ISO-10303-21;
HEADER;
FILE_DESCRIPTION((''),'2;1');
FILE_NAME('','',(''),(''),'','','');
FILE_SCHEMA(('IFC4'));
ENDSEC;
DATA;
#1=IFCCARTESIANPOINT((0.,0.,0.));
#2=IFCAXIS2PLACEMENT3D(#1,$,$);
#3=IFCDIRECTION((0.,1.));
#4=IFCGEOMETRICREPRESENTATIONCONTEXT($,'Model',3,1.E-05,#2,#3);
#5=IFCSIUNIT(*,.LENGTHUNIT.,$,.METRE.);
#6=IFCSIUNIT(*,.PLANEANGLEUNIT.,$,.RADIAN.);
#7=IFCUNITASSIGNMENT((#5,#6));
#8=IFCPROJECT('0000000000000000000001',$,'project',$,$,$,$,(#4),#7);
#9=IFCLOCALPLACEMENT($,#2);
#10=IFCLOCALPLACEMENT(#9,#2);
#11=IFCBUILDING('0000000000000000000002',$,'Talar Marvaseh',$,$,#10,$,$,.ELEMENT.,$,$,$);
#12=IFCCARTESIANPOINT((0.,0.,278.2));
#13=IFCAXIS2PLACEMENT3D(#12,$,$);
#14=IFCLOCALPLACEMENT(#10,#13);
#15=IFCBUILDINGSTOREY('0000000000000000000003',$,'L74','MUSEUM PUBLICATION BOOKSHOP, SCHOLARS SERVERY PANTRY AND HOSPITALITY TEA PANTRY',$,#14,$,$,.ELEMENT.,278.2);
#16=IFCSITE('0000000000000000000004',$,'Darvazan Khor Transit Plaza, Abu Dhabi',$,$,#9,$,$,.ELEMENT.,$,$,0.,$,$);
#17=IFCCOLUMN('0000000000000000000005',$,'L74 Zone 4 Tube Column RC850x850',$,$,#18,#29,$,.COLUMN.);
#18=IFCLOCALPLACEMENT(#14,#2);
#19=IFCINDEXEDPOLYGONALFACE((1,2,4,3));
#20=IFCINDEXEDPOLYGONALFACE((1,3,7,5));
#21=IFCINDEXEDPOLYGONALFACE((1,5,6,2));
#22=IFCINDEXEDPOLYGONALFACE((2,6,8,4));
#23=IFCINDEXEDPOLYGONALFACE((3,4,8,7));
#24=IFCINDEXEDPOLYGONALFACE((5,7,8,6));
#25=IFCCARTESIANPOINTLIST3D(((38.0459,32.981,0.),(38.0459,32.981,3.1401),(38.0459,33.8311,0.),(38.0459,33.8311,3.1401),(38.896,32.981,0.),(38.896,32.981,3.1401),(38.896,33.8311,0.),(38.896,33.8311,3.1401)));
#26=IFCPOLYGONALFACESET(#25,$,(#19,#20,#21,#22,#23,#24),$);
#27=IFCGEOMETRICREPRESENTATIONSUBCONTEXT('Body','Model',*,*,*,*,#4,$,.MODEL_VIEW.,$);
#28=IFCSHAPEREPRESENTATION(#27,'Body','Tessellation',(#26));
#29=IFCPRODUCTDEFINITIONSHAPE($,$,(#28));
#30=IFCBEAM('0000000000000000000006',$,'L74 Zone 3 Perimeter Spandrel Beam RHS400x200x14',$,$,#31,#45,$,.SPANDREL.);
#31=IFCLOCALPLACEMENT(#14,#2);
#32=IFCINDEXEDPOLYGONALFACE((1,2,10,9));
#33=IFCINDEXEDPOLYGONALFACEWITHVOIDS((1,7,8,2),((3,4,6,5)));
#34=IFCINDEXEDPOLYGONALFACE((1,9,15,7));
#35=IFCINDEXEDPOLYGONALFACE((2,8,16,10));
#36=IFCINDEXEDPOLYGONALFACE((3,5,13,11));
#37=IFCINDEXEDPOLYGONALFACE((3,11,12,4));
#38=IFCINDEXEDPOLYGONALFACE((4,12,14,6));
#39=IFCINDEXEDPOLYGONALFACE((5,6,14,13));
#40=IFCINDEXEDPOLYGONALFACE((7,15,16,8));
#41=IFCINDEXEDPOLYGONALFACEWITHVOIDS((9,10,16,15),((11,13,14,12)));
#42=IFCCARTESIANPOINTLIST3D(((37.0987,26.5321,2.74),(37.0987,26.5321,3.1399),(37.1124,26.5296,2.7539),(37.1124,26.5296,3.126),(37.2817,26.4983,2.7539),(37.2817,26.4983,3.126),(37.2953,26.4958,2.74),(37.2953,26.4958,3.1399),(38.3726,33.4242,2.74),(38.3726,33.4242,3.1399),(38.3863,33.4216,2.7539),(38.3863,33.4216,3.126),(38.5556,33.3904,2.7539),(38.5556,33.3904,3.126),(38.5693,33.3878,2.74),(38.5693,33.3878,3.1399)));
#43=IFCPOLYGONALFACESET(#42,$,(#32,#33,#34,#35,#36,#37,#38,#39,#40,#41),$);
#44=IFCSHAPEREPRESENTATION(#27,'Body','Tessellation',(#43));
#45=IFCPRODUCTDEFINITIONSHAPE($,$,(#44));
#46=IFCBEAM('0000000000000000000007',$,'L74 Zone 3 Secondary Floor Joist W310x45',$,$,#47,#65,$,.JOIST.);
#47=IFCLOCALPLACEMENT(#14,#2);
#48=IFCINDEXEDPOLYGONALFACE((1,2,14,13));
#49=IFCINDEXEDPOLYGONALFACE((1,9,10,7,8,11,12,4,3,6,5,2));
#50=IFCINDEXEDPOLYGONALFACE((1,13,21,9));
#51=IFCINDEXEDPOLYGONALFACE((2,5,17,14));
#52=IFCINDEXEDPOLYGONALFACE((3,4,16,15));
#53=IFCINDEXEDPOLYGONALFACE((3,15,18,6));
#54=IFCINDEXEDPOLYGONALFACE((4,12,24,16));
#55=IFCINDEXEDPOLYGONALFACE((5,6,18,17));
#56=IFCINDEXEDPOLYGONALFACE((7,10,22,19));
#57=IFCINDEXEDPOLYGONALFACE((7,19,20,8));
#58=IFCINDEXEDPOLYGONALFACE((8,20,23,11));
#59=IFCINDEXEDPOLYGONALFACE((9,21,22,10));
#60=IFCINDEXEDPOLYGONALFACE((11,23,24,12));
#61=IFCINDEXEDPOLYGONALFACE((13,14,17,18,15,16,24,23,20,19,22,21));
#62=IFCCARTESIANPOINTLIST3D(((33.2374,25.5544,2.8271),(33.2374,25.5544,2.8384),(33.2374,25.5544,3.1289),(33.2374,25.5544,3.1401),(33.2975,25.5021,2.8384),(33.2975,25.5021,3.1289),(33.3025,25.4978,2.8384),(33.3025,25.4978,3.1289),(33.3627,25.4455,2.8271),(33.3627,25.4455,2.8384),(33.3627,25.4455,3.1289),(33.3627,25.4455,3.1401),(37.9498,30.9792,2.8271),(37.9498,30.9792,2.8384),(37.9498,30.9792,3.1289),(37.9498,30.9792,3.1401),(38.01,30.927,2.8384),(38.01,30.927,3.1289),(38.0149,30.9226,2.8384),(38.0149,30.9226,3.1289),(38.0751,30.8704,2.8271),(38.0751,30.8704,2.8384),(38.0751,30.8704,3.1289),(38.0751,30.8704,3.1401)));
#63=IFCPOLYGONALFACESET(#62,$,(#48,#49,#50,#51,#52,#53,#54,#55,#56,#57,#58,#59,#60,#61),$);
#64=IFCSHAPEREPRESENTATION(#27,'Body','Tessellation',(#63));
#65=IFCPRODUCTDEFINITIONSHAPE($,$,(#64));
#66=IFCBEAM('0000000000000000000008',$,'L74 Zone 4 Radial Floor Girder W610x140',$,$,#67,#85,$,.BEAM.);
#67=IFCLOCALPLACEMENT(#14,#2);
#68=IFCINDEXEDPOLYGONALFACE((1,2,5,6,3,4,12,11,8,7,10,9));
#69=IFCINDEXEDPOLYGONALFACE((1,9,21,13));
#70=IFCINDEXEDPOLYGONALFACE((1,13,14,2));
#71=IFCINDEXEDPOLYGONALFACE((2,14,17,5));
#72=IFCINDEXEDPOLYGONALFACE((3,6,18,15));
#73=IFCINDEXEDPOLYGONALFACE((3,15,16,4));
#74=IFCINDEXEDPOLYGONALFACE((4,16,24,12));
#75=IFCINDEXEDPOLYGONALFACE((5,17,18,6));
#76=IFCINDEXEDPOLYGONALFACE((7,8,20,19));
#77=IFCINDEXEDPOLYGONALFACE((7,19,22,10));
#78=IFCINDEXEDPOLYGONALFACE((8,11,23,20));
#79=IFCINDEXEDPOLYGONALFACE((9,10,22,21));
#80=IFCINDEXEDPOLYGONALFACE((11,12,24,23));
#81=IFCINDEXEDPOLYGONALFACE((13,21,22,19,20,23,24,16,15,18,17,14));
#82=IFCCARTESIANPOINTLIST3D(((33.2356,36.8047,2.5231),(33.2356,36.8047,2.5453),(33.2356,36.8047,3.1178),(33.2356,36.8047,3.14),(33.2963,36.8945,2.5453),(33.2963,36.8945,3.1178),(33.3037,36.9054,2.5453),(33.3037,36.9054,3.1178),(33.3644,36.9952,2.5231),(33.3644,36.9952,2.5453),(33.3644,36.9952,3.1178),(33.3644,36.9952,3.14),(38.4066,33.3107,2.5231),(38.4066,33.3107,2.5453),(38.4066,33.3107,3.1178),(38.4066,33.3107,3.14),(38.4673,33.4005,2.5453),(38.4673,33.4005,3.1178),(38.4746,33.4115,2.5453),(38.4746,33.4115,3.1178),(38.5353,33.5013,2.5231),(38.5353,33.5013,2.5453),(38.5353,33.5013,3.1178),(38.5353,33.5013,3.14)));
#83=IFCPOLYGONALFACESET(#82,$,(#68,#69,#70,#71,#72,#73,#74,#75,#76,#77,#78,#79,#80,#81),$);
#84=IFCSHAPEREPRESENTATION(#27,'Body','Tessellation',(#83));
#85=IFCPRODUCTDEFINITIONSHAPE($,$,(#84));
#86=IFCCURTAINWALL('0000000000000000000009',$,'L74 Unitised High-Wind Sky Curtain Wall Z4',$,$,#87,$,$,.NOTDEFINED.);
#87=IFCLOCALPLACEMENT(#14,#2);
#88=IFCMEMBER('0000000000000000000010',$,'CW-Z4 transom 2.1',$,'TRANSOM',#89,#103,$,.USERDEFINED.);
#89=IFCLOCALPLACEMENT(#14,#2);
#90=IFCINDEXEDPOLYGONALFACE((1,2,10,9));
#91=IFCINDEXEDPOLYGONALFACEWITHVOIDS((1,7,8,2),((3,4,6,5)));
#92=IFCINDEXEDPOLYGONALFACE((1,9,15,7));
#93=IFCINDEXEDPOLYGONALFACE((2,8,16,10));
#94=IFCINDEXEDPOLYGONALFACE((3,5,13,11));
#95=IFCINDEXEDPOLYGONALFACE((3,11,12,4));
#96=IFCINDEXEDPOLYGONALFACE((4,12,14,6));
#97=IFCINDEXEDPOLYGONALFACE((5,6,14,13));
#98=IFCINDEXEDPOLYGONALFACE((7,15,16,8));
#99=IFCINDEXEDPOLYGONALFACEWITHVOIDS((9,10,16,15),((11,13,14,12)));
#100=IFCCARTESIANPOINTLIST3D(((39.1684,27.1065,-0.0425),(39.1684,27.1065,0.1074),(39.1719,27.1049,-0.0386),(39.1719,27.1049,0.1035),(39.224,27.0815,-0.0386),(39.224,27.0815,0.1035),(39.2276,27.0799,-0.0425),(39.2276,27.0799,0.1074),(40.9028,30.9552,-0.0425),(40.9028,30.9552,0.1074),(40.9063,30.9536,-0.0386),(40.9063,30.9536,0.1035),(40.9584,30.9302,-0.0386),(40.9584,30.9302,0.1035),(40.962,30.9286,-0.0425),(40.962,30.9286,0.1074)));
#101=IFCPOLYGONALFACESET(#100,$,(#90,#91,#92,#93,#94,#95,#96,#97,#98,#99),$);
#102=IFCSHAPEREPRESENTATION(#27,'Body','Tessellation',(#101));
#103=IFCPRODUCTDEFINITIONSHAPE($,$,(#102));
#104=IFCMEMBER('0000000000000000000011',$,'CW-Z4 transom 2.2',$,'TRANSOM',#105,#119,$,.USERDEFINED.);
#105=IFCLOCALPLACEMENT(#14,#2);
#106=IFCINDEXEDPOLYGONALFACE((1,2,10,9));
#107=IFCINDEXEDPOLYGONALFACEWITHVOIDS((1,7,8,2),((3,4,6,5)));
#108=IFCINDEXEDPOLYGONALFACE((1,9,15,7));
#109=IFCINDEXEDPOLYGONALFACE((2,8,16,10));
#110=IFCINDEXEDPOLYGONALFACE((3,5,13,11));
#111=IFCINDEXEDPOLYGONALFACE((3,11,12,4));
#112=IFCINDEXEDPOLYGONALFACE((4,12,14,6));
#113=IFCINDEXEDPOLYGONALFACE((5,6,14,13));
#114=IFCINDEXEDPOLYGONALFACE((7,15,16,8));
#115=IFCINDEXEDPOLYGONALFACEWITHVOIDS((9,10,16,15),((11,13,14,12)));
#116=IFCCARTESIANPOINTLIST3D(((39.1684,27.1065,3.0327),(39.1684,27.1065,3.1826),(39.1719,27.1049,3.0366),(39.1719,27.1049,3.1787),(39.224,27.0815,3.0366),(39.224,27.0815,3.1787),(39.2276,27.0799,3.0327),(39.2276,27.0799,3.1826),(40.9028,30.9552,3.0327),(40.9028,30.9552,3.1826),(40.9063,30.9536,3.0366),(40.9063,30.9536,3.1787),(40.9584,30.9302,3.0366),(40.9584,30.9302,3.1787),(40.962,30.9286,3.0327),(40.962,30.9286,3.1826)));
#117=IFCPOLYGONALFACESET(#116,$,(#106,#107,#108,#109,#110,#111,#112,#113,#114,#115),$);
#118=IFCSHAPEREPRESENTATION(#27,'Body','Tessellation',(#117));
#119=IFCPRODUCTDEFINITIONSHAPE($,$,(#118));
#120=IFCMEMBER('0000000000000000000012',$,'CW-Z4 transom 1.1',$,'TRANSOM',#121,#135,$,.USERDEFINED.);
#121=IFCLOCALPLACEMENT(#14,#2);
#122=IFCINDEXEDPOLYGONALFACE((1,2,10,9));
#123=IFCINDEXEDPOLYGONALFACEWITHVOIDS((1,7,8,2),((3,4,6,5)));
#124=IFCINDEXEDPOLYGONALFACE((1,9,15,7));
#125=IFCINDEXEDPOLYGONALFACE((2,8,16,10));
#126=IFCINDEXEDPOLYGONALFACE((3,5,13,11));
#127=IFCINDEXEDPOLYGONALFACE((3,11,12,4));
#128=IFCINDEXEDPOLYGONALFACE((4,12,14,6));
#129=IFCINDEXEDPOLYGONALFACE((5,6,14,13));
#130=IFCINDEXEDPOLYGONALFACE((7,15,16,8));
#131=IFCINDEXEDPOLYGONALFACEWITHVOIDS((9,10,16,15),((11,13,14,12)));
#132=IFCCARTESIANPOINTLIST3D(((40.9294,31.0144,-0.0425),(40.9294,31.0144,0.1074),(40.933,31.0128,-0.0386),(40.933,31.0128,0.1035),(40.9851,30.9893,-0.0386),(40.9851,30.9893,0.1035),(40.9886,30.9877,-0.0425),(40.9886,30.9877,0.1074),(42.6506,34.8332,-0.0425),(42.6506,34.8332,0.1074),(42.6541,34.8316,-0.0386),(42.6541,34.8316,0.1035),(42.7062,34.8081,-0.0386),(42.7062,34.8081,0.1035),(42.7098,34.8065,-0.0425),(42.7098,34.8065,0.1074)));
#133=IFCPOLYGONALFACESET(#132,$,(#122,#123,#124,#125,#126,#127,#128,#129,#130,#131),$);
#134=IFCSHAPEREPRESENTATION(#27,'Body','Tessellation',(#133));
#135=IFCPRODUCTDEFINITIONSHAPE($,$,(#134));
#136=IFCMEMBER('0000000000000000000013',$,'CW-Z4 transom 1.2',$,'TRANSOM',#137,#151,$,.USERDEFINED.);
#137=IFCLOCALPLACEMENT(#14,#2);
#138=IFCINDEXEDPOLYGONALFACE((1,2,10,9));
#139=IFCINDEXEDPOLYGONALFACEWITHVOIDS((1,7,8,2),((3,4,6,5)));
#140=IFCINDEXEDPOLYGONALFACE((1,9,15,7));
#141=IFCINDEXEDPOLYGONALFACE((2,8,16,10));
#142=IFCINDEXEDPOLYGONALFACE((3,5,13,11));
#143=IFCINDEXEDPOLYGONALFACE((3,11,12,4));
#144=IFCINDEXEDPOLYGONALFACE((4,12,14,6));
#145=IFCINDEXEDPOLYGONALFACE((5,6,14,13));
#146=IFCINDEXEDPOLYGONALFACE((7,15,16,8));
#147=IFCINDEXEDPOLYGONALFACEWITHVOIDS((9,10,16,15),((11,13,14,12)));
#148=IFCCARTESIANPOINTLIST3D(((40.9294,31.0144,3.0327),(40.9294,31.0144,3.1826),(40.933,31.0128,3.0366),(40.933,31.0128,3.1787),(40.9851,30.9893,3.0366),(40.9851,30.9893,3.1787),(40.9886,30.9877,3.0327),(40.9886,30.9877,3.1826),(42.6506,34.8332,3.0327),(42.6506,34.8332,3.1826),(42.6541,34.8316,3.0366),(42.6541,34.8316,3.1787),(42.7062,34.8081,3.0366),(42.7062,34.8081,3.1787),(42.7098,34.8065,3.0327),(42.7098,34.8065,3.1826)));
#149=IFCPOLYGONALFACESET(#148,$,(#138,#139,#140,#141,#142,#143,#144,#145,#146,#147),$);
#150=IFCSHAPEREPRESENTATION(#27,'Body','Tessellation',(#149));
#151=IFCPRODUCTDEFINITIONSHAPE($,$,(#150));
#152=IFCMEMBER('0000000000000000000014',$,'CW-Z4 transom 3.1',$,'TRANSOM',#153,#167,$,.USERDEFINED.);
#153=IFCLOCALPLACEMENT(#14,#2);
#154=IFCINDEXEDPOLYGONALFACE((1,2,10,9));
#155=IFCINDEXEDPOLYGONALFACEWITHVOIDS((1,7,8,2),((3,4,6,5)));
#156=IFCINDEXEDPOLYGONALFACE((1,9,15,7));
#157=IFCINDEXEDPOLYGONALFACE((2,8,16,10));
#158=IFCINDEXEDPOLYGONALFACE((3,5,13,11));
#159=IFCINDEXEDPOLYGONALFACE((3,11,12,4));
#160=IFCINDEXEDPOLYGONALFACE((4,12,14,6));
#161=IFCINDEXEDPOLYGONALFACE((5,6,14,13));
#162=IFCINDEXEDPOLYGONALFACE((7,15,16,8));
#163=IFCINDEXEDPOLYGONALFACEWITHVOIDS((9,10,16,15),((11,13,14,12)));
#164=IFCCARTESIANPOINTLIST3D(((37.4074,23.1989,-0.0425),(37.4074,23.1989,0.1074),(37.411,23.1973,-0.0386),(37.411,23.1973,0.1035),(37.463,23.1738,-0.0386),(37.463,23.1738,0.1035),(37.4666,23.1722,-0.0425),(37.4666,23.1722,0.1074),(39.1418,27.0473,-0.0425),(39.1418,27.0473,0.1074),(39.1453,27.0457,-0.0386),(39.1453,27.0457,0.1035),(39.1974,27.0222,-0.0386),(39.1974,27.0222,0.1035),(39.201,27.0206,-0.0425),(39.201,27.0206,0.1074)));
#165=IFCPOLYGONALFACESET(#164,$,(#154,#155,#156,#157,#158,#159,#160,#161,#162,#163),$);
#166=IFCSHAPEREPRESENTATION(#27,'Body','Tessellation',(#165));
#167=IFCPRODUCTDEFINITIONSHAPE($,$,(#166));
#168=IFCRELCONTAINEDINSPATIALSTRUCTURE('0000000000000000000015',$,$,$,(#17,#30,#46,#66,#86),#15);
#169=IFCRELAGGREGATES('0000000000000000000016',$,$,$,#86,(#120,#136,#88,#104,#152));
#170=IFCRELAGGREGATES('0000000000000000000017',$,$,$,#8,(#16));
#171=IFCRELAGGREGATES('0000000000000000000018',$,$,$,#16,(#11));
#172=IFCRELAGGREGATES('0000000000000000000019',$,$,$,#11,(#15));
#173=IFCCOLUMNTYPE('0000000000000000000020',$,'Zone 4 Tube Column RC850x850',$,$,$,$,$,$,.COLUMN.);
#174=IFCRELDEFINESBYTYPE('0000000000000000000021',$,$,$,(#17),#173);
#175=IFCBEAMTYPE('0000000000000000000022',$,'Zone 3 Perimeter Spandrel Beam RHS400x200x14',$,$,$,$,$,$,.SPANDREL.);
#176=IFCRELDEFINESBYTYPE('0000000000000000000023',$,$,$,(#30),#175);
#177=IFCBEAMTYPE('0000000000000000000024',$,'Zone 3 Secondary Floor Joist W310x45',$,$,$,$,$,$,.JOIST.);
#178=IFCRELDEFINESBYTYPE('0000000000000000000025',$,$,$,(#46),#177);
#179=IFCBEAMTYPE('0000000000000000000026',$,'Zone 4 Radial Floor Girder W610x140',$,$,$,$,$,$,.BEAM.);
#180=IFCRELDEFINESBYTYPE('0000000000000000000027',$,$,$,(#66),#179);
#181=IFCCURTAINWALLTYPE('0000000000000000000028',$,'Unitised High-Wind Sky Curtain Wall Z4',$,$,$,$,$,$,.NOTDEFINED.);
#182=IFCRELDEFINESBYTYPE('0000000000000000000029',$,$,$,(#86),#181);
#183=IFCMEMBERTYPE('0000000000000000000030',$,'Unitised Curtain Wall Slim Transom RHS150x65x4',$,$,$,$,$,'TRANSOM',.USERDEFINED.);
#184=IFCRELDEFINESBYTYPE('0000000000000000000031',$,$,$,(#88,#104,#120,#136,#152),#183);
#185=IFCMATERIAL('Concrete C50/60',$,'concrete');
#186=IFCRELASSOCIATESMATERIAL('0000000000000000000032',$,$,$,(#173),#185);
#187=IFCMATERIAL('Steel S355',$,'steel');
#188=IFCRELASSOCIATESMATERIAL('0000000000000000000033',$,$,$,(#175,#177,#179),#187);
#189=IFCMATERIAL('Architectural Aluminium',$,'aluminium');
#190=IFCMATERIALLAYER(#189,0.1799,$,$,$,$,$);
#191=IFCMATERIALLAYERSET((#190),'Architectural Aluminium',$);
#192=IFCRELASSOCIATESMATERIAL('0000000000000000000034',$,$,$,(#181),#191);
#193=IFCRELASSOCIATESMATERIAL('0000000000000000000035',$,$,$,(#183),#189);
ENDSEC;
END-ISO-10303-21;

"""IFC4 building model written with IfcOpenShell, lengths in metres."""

from ifc_helpers import new_model, si_unit, direction, frame, origin, origin_2d, place, context, subcontext, project, spatial, rectangle, hollow_rectangle, i_section, extrude, source, transform, mapped, material, layer, layer_set, material_profile, profile_set, type_object, type_shapes, element, aggregate, save


model = new_model("IFC4")

# Units and contexts
model_context = context("Model", 3, precision=1e-05, world=origin(), true_north=direction((0.0, 1.0)))
body_context = subcontext(model_context, "Body", "Model", "MODEL_VIEW")
ifc_project = project(units=[si_unit("LENGTHUNIT", "METRE"), si_unit("PLANEANGLEUNIT", "RADIAN")], contexts=[model_context])

# Site, building, storey
site_placement = place(None, origin())
site = spatial("IfcSite", under=ifc_project, at=site_placement, Name="Darvazan Khor Transit Plaza, Abu Dhabi", CompositionType="ELEMENT", RefElevation=0.0)
building_placement = place(site_placement, origin())
building = spatial("IfcBuilding", under=site, at=building_placement, Name="Talar Marvaseh", CompositionType="ELEMENT")
storey_placement = place(building_placement, frame((0.0, 0.0, 278.2)))
storey = spatial("IfcBuildingStorey", under=building, at=storey_placement, Name="L74", Description="MUSEUM PUBLICATION BOOKSHOP, SCHOLARS SERVERY PANTRY AND HOSPITALITY TEA PANTRY", CompositionType="ELEMENT", Elevation=278.2)

# Column
ifc_material_1 = material(Name="Concrete C50/60", Category="concrete")
ifc_material_profile_1 = material_profile(ifc_material_1, rectangle(XDim=0.8501, YDim=0.8501, at=origin_2d()), Name="RC850x850")
ifc_profile_set_1 = profile_set([ifc_material_profile_1], Name="Concrete C50/60")
column_type = type_object("IfcColumnType", Name="Zone 4 Tube Column RC850x850", PredefinedType="COLUMN", material=ifc_profile_set_1)
column_placement = place(storey_placement, frame((38.4709, 33.406, 0.0), z_axis=(0.0, 0.0, 1.0), x_axis=(1.0, 0.0, 0.0)))
element("IfcColumn", 1, at=column_placement, inside=storey, type_object=column_type, Name="L74 Zone 4 Tube Column RC850x850", PredefinedType="COLUMN", context=body_context, shape_type="SweptSolid", body=[
    extrude(rectangle(XDim=0.8501, YDim=0.8501, at=origin_2d()), origin(), (0.0, 0.0, 1.0), 3.1401),
])

# Beams
ifc_material_2 = material(Name="Steel S355", Category="steel")
ifc_material_profile_2 = material_profile(ifc_material_2, hollow_rectangle(XDim=0.2, YDim=0.3999, WallThickness=0.0139, at=origin_2d()), Name="RHS400x200x14")
ifc_profile_set_2 = profile_set([ifc_material_profile_2], Name="Steel S355")
beam_type_1 = type_object("IfcBeamType", Name="Zone 3 Perimeter Spandrel Beam RHS400x200x14", PredefinedType="SPANDREL", material=ifc_profile_set_2)
beam_1_placement = place(storey_placement, frame((38.4709, 33.406, 2.9399), z_axis=(-0.18176, -0.983343, 0.0), x_axis=(0.983343, -0.18176, 0.0)))
element("IfcBeam", 2, at=beam_1_placement, inside=storey, type_object=beam_type_1, Name="L74 Zone 3 Perimeter Spandrel Beam RHS400x200x14", PredefinedType="SPANDREL", context=body_context, shape_type="SweptSolid", body=[
    extrude(hollow_rectangle(XDim=0.2, YDim=0.3999, WallThickness=0.0139, at=origin_2d()), origin(), (0.0, 0.0, 1.0), 7.0088),
])
ifc_material_profile_3 = material_profile(ifc_material_2, i_section(OverallWidth=0.166, OverallDepth=0.313, WebThickness=0.0066, FlangeThickness=0.0112, at=origin_2d()), Name="W310x45")
ifc_profile_set_3 = profile_set([ifc_material_profile_3], Name="Steel S355")
beam_type_2 = type_object("IfcBeamType", Name="Zone 3 Secondary Floor Joist W310x45", PredefinedType="JOIST", material=ifc_profile_set_3)
beam_2_placement = place(storey_placement, frame((38.0125, 30.9248, 2.9836), z_axis=(-0.655797, -0.754938, 0.0), x_axis=(0.754938, -0.655797, 0.0)))
element("IfcBeam", 3, at=beam_2_placement, inside=storey, type_object=beam_type_2, Name="L74 Zone 3 Secondary Floor Joist W310x45", PredefinedType="JOIST", context=body_context, shape_type="SweptSolid", body=[
    extrude(i_section(OverallWidth=0.166, OverallDepth=0.313, WebThickness=0.0066, FlangeThickness=0.0112, at=origin_2d()), origin(), (0.0, 0.0, 1.0), 7.1858),
])
ifc_material_profile_4 = material_profile(ifc_material_2, i_section(OverallWidth=0.23, OverallDepth=0.6169, WebThickness=0.0132, FlangeThickness=0.0222, at=origin_2d()), Name="W610x140")
ifc_profile_set_4 = profile_set([ifc_material_profile_4], Name="Steel S355")
beam_type_3 = type_object("IfcBeamType", Name="Zone 4 Radial Floor Girder W610x140", PredefinedType="BEAM", material=ifc_profile_set_4)
beam_3_placement = place(storey_placement, frame((38.4709, 33.406, 2.8315), z_axis=(-0.828586, 0.559862, 0.0), x_axis=(-0.559862, -0.828586, 0.0)))
element("IfcBeam", 4, at=beam_3_placement, inside=storey, type_object=beam_type_3, Name="L74 Zone 4 Radial Floor Girder W610x140", PredefinedType="BEAM", context=body_context, shape_type="SweptSolid", body=[
    extrude(i_section(OverallWidth=0.23, OverallDepth=0.6169, WebThickness=0.0132, FlangeThickness=0.0222, at=origin_2d()), origin(), (0.0, 0.0, 1.0), 6.2407),
])

# Curtain wall, members
ifc_material_3 = material(Name="Architectural Aluminium", Category="aluminium")
ifc_layer_1 = layer(ifc_material_3, 0.1799)
ifc_layer_set_1 = layer_set([ifc_layer_1], Name="Architectural Aluminium")
curtain_wall_type = type_object("IfcCurtainWallType", Name="Unitised High-Wind Sky Curtain Wall Z4", PredefinedType="NOTDEFINED", material=ifc_layer_set_1)
curtain_wall_placement = place(storey_placement, origin())
curtain_wall = element("IfcCurtainWall", 5, at=curtain_wall_placement, inside=storey, type_object=curtain_wall_type, Name="L74 Unitised High-Wind Sky Curtain Wall Z4", PredefinedType="NOTDEFINED")
ifc_material_profile_5 = material_profile(ifc_material_3, hollow_rectangle(XDim=0.0649, YDim=0.1499, WallThickness=0.0039, at=origin_2d()), Name="RHS150x65x4")
ifc_profile_set_5 = profile_set([ifc_material_profile_5], Name="Architectural Aluminium")
member_type_1 = type_object("IfcMemberType", Name="Unitised Curtain Wall Slim Transom RHS150x65x4", ElementType="TRANSOM", PredefinedType="USERDEFINED", material=ifc_profile_set_5)
shared_shape_1 = source(origin(), body_context, "Body", "SweptSolid", [
    extrude(hollow_rectangle(XDim=0.0649, YDim=0.1499, WallThickness=0.0039, at=origin_2d()), origin(), (0.0, 0.0, 1.0), 4.2214),
])
member_1_placement = place(storey_placement, frame((40.9324, 30.9419, 0.0325), z_axis=(-0.410855, -0.911701, 0.0), x_axis=(0.911701, -0.410855, 0.0)))
member_1 = element("IfcMember", 6, at=member_1_placement, type_object=member_type_1, Name="CW-Z4 transom 2.1", ObjectType="TRANSOM", PredefinedType="USERDEFINED", context=body_context, shape_type="MappedRepresentation", body=[
    mapped(shared_shape_1, transform((0.0, 0.0, 0.0), x_axis=(1.0, 0.0, 0.0), y_axis=(0.0, 1.0, 0.0), z_axis=(0.0, 0.0, 1.0), scale=1.0)),
])
member_2_placement = place(storey_placement, frame((40.9324, 30.9419, 3.1077), z_axis=(-0.410855, -0.911701, 0.0), x_axis=(0.911701, -0.410855, 0.0)))
member_2 = element("IfcMember", 7, at=member_2_placement, type_object=member_type_1, Name="CW-Z4 transom 2.2", ObjectType="TRANSOM", PredefinedType="USERDEFINED", context=body_context, shape_type="MappedRepresentation", body=[
    mapped(shared_shape_1, transform((0.0, 0.0, 0.0), x_axis=(1.0, 0.0, 0.0), y_axis=(0.0, 1.0, 0.0), z_axis=(0.0, 0.0, 1.0), scale=1.0)),
])
shared_shape_2 = source(origin(), body_context, "Body", "SweptSolid", [
    extrude(hollow_rectangle(XDim=0.0649, YDim=0.1499, WallThickness=0.0039, at=origin_2d()), origin(), (0.0, 0.0, 1.0), 4.1887),
])
member_3_placement = place(storey_placement, frame((42.6802, 34.8198, 0.0325), z_axis=(-0.410903, -0.911679, 0.0), x_axis=(0.911679, -0.410903, 0.0)))
member_3 = element("IfcMember", 8, at=member_3_placement, type_object=member_type_1, Name="CW-Z4 transom 1.1", ObjectType="TRANSOM", PredefinedType="USERDEFINED", context=body_context, shape_type="MappedRepresentation", body=[
    mapped(shared_shape_2, transform((0.0, 0.0, 0.0), x_axis=(1.0, 0.0, 0.0), y_axis=(0.0, 1.0, 0.0), z_axis=(0.0, 0.0, 1.0), scale=1.0)),
])
member_4_placement = place(storey_placement, frame((42.6802, 34.8198, 3.1077), z_axis=(-0.410903, -0.911679, 0.0), x_axis=(0.911679, -0.410903, 0.0)))
member_4 = element("IfcMember", 9, at=member_4_placement, type_object=member_type_1, Name="CW-Z4 transom 1.2", ObjectType="TRANSOM", PredefinedType="USERDEFINED", context=body_context, shape_type="MappedRepresentation", body=[
    mapped(shared_shape_2, transform((0.0, 0.0, 0.0), x_axis=(1.0, 0.0, 0.0), y_axis=(0.0, 1.0, 0.0), z_axis=(0.0, 0.0, 1.0), scale=1.0)),
])
shared_shape_3 = source(origin(), body_context, "Body", "SweptSolid", [
    extrude(hollow_rectangle(XDim=0.0649, YDim=0.1499, WallThickness=0.0039, at=origin_2d()), origin(), (0.0, 0.0, 1.0), 4.2212),
])
type_shapes(member_type_1, [shared_shape_1, shared_shape_2, shared_shape_3])
member_5_placement = place(storey_placement, frame((39.1714, 27.0339, 0.0325), z_axis=(-0.410877, -0.911691, 0.0), x_axis=(0.911691, -0.410877, 0.0)))
member_5 = element("IfcMember", 10, at=member_5_placement, type_object=member_type_1, Name="CW-Z4 transom 3.1", ObjectType="TRANSOM", PredefinedType="USERDEFINED", context=body_context, shape_type="MappedRepresentation", body=[
    mapped(shared_shape_3, transform((0.0, 0.0, 0.0), x_axis=(1.0, 0.0, 0.0), y_axis=(0.0, 1.0, 0.0), z_axis=(0.0, 0.0, 1.0), scale=1.0)),
])
aggregate(curtain_wall, [member_3, member_4, member_1, member_2, member_5])

save(model, "model.ifc")
